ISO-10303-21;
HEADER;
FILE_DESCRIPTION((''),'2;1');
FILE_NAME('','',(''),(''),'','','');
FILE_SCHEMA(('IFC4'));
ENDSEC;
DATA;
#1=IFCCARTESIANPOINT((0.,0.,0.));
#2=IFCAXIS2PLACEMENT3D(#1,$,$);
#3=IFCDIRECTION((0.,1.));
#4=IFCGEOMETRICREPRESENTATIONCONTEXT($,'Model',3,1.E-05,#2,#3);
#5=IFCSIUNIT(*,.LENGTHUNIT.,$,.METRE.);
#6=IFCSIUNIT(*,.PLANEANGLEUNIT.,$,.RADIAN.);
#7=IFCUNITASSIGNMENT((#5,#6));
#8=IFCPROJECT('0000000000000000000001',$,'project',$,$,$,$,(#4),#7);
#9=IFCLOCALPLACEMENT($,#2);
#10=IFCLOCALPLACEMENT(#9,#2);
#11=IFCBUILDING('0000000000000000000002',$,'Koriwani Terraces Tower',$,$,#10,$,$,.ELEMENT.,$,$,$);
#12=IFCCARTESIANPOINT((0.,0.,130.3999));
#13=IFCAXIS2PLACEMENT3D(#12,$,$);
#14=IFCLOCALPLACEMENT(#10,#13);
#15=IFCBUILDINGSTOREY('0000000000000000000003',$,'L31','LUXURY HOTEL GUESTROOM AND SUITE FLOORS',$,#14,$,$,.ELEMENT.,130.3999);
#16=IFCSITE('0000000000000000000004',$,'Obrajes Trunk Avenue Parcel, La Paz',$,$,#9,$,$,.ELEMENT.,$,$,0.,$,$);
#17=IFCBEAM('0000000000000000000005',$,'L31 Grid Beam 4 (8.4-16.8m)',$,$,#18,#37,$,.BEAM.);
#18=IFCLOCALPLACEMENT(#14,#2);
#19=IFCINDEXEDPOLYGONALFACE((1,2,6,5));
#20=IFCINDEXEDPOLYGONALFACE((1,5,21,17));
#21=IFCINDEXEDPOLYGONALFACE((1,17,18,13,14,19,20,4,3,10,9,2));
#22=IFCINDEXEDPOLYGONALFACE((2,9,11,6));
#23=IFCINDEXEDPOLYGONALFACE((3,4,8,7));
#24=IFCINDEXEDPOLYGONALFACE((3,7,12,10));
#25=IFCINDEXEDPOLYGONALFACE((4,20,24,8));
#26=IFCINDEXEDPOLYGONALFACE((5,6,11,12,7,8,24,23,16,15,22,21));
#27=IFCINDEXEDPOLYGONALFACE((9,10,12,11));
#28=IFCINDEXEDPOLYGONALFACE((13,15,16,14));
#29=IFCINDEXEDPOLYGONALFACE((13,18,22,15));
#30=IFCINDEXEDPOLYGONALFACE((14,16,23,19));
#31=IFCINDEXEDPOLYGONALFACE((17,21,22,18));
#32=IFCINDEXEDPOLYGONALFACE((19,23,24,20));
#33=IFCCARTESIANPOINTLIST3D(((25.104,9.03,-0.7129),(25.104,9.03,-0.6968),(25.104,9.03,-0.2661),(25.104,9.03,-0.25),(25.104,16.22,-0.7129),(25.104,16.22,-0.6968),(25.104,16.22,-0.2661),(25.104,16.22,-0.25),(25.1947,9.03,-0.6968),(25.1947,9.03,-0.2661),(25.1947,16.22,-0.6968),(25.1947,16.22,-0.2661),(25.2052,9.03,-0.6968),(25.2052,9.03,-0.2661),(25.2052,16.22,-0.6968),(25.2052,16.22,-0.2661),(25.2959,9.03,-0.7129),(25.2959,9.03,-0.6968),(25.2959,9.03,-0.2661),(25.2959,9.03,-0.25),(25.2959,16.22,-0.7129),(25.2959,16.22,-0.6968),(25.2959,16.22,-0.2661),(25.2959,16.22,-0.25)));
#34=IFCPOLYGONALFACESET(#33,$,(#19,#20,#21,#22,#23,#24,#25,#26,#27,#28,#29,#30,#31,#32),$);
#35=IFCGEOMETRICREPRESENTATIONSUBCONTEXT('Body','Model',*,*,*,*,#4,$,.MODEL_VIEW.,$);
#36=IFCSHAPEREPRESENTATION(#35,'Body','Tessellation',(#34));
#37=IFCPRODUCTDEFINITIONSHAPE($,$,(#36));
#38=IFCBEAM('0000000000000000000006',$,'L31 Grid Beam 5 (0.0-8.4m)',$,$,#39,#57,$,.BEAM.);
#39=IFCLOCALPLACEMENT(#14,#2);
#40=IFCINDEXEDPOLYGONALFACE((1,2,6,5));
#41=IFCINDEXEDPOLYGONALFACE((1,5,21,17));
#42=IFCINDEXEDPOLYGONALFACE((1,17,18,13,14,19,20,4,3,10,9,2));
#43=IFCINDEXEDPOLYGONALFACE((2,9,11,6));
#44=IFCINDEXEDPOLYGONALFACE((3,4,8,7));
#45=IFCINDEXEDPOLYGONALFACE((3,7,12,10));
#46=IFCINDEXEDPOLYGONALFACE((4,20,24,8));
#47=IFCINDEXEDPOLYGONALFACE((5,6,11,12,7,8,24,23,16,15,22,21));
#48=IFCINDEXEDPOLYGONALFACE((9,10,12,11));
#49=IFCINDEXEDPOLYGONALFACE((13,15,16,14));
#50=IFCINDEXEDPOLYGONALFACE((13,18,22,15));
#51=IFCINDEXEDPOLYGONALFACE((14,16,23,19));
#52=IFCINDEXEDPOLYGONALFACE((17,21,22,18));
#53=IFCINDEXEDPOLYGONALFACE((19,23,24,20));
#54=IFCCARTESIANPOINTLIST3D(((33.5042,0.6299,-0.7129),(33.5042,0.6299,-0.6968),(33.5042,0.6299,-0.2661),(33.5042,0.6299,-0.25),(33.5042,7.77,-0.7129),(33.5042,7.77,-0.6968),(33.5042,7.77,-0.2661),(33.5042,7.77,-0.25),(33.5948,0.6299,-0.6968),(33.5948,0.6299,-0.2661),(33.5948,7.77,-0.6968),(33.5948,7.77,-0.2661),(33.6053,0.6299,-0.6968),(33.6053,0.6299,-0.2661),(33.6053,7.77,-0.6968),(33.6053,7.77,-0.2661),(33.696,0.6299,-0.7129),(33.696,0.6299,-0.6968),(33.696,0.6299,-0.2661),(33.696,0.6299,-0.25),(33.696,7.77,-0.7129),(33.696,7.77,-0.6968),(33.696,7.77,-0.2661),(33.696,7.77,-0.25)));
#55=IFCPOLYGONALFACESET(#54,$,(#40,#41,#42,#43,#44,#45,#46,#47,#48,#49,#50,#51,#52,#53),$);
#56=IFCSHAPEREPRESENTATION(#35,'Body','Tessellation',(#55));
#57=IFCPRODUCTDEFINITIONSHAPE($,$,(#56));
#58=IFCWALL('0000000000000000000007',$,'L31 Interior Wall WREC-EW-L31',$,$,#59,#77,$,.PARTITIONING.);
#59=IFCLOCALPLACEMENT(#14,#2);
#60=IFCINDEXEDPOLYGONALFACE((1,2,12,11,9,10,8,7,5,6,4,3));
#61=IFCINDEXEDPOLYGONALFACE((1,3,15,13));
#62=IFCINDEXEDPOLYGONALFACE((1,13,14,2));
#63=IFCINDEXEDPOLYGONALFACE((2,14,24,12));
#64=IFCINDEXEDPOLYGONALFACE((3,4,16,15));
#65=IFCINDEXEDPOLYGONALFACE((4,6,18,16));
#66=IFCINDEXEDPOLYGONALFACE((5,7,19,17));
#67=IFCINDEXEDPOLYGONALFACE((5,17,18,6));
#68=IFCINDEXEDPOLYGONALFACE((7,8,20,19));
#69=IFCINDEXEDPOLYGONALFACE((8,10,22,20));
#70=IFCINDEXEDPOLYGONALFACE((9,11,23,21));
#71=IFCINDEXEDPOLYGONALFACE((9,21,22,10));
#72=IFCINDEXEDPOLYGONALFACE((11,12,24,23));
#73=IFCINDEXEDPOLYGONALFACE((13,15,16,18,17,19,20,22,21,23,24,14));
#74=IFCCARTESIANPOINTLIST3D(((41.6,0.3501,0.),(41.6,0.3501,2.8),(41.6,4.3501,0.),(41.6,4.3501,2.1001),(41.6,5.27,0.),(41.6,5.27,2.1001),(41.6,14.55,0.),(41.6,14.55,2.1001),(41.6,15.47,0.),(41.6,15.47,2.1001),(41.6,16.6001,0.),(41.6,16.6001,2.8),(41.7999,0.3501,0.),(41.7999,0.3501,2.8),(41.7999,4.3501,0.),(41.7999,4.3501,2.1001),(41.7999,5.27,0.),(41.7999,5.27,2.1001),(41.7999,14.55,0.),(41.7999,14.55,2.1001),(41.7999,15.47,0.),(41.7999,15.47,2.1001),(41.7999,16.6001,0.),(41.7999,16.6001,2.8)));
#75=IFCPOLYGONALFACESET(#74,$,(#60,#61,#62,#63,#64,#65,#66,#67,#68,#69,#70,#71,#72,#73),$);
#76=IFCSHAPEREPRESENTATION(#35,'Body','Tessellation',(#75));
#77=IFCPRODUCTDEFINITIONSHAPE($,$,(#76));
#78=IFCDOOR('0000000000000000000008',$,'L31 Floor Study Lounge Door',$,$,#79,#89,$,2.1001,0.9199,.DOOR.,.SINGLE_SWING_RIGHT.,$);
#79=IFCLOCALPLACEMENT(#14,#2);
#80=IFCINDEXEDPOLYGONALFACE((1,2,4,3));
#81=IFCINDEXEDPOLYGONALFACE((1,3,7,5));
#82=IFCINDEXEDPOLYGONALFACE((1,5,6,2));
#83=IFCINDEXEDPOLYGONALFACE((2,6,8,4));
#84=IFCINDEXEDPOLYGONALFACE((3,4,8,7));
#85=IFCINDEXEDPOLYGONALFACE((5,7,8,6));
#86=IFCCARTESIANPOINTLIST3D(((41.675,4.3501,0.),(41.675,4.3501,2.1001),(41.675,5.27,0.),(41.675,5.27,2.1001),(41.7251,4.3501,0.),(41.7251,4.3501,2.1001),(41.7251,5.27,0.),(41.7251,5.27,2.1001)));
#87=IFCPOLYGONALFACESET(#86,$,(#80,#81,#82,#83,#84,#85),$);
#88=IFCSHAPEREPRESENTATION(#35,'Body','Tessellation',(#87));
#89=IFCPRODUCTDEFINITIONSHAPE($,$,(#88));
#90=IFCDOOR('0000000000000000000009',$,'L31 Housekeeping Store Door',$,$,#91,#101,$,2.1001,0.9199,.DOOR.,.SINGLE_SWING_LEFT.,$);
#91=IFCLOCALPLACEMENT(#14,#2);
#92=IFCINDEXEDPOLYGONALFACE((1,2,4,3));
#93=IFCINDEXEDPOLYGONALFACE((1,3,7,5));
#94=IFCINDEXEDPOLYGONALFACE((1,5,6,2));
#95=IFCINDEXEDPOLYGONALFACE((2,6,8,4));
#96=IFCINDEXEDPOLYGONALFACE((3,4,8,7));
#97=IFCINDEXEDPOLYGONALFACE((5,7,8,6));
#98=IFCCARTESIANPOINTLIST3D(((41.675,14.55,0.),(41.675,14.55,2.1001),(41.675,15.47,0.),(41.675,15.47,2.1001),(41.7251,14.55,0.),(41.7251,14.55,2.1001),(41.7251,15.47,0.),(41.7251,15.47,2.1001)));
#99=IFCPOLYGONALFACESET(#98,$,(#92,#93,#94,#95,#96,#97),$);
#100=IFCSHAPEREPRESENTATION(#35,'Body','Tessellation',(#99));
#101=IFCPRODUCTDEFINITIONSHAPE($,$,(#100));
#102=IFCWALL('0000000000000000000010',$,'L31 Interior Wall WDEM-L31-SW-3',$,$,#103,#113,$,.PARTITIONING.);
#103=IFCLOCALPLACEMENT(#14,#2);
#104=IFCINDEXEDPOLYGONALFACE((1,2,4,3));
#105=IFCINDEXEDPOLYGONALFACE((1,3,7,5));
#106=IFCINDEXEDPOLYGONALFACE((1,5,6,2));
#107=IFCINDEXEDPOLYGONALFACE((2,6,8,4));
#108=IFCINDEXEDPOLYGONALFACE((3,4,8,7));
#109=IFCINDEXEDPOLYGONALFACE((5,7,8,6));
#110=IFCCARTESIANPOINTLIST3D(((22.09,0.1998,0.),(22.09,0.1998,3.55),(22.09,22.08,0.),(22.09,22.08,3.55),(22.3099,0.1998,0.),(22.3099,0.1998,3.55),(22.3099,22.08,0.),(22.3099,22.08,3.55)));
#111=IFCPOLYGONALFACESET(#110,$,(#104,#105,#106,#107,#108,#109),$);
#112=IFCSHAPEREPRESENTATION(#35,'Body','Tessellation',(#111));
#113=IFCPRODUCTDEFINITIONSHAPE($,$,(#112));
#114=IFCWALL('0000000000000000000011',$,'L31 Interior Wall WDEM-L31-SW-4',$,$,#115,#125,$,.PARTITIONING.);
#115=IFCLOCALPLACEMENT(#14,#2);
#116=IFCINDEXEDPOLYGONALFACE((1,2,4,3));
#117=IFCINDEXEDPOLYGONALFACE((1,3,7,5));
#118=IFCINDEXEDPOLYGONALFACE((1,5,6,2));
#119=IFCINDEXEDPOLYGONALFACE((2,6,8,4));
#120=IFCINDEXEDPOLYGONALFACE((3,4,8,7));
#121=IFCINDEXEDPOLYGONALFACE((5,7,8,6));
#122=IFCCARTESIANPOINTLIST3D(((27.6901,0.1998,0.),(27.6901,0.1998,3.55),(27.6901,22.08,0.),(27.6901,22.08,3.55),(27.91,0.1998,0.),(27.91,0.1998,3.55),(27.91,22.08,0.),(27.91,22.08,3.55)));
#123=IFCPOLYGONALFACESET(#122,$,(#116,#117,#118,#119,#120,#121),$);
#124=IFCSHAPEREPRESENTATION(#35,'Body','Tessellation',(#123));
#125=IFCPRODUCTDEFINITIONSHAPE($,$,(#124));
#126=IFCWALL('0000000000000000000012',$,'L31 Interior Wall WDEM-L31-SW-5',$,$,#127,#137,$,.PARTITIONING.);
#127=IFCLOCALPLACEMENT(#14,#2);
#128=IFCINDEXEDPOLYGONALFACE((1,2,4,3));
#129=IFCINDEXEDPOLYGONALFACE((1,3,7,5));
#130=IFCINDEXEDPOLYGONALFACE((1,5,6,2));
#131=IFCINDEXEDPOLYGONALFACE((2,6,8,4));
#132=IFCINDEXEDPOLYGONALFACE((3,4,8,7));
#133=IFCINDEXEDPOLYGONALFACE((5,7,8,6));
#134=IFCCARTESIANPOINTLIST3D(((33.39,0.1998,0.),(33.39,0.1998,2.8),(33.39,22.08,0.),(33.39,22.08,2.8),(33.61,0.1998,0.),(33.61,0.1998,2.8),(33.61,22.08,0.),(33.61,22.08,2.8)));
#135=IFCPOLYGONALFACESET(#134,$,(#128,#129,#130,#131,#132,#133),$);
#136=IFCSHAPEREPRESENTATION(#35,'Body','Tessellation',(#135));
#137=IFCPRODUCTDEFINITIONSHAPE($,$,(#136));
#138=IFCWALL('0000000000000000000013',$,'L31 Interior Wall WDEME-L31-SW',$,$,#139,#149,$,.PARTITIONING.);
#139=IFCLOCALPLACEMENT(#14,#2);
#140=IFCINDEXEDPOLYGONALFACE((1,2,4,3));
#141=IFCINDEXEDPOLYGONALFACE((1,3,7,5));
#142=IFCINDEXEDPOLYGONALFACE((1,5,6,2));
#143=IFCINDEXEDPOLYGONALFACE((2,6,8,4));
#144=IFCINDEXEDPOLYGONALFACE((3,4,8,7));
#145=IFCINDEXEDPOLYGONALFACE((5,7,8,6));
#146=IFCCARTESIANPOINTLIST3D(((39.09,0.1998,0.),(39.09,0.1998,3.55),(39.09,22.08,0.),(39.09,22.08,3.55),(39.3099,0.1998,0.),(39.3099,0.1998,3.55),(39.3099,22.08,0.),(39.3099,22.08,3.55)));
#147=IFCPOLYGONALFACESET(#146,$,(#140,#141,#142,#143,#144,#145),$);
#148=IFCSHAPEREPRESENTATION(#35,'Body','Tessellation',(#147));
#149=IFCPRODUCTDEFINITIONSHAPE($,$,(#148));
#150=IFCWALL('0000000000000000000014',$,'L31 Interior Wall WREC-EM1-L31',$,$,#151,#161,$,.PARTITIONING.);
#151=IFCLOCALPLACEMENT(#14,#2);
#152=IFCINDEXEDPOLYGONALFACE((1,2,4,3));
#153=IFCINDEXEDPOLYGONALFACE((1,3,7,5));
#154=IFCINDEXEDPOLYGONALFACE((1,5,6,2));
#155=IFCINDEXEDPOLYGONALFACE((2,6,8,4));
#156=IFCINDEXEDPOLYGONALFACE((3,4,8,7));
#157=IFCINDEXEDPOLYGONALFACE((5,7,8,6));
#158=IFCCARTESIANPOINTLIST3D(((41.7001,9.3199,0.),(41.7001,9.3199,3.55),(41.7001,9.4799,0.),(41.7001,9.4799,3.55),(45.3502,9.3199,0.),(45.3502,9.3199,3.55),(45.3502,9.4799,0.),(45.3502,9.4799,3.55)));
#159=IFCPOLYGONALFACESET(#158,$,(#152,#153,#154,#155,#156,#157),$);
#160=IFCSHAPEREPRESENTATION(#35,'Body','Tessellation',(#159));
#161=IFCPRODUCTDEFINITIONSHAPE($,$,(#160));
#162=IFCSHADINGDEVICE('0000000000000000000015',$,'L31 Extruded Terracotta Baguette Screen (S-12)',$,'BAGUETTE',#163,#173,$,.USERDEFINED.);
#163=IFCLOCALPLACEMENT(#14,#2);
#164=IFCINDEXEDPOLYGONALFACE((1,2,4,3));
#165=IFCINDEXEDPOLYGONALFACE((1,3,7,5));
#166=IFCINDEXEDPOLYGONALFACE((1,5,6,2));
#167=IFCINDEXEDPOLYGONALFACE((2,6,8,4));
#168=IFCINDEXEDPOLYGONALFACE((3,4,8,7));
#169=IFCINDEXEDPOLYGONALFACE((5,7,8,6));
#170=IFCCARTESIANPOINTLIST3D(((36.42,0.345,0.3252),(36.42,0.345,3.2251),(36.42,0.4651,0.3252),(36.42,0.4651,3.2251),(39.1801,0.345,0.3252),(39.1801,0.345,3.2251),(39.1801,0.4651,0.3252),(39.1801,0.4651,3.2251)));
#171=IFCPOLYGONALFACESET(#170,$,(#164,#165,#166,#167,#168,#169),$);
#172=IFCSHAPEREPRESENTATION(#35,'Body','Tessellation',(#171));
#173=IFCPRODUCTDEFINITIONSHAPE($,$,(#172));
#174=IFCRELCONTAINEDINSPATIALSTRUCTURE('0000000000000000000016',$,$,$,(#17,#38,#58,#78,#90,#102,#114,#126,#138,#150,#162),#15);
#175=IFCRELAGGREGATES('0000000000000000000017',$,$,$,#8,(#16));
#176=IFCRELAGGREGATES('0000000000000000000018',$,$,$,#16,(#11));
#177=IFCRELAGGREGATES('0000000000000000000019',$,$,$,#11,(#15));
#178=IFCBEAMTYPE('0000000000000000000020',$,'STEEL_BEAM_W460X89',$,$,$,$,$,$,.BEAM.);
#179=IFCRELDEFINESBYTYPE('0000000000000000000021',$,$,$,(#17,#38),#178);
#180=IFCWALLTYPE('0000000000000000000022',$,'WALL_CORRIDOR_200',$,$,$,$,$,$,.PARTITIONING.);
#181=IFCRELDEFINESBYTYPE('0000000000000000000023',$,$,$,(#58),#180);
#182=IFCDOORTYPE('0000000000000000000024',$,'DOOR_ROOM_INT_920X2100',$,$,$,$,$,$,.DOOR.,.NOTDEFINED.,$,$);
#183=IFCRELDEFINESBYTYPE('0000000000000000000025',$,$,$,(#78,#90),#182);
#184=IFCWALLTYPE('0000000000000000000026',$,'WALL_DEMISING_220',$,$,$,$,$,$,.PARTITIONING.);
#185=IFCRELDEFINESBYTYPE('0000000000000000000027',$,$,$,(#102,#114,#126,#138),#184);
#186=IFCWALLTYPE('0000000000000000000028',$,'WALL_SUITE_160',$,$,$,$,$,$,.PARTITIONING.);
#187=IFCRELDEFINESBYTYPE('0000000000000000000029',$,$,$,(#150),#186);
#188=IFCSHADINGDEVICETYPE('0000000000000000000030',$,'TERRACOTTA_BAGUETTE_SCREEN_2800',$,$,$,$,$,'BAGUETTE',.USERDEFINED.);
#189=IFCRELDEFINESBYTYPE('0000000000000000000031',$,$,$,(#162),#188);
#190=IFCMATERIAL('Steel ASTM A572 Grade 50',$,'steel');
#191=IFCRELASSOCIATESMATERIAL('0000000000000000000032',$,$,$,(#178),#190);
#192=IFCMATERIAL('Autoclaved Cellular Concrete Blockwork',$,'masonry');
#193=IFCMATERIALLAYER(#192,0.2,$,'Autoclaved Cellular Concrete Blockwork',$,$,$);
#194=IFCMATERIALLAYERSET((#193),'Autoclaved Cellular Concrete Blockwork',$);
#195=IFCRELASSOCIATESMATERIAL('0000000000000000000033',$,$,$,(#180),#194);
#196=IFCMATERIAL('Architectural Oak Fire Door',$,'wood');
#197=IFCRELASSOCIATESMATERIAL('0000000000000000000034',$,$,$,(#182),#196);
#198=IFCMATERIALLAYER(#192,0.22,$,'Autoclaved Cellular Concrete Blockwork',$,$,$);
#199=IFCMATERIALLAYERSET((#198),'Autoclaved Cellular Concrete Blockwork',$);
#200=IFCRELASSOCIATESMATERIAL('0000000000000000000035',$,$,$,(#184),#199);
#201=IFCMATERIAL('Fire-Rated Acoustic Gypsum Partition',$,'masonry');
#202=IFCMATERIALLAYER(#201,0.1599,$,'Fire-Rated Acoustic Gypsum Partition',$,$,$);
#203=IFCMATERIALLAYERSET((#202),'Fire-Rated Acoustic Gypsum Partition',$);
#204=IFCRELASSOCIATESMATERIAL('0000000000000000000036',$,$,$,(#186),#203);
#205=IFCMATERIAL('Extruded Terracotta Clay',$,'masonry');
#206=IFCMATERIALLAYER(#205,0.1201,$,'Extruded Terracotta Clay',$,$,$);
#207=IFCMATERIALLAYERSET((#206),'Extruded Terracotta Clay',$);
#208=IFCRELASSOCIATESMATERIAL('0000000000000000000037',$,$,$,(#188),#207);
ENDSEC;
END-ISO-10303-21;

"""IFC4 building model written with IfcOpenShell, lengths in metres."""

from ifc_helpers import new_model, si_unit, direction, frame, frame_2d, origin, origin_2d, place, context, subcontext, project, spatial, rectangle, i_section, extrude, material, layer, layer_set, material_profile, profile_set, type_object, element, fill, save


model = new_model("IFC4")

# Units and contexts
model_context = context("Model", 3, precision=1e-05, world=origin(), true_north=direction((0.0, 1.0)))
body_context = subcontext(model_context, "Body", "Model", "MODEL_VIEW")
ifc_project = project(units=[si_unit("LENGTHUNIT", "METRE"), si_unit("PLANEANGLEUNIT", "RADIAN")], contexts=[model_context])

# Site, building, storey
site_placement = place(None, origin())
site = spatial("IfcSite", under=ifc_project, at=site_placement, Name="Obrajes Trunk Avenue Parcel, La Paz", CompositionType="ELEMENT", RefElevation=0.0)
building_placement = place(site_placement, origin())
building = spatial("IfcBuilding", under=site, at=building_placement, Name="Koriwani Terraces Tower", CompositionType="ELEMENT")
storey_placement = place(building_placement, frame((0.0, 0.0, 130.3999)))
storey = spatial("IfcBuildingStorey", under=building, at=storey_placement, Name="L31", Description="LUXURY HOTEL GUESTROOM AND SUITE FLOORS", CompositionType="ELEMENT", Elevation=130.3999)

# Beams
ifc_material_1 = material(Name="Steel ASTM A572 Grade 50", Category="steel")
ifc_material_profile_1 = material_profile(ifc_material_1, i_section(OverallWidth=0.1919, OverallDepth=0.4629, WebThickness=0.0105, FlangeThickness=0.0161, at=origin_2d()), Name="Steel ASTM A572 Grade 50", Category="LoadBearing")
ifc_profile_set_1 = profile_set([ifc_material_profile_1], Name="Steel ASTM A572 Grade 50")
beam_type_1 = type_object("IfcBeamType", Name="STEEL_BEAM_W460X89", PredefinedType="BEAM", material=ifc_profile_set_1)
beam_1_placement = place(storey_placement, frame((25.2, 9.03, -0.4814), z_axis=(0.0, 1.0, 0.0), x_axis=(-1.0, 0.0, 0.0)))
element("IfcBeam", 1, at=beam_1_placement, inside=storey, type_object=beam_type_1, Name="L31 Grid Beam 4 (8.4-16.8m)", PredefinedType="BEAM", context=body_context, shape_type="SweptSolid", body=[
    extrude(i_section(OverallWidth=0.1919, OverallDepth=0.4629, WebThickness=0.0105, FlangeThickness=0.0161, at=origin_2d()), origin(), (0.0, 0.0, 1.0), 7.1899),
])
beam_2_placement = place(storey_placement, frame((33.6001, 0.6299, -0.4814), z_axis=(0.0, 1.0, 0.0), x_axis=(-1.0, 0.0, 0.0)))
element("IfcBeam", 2, at=beam_2_placement, inside=storey, type_object=beam_type_1, Name="L31 Grid Beam 5 (0.0-8.4m)", PredefinedType="BEAM", context=body_context, shape_type="SweptSolid", body=[
    extrude(i_section(OverallWidth=0.1919, OverallDepth=0.4629, WebThickness=0.0105, FlangeThickness=0.0161, at=origin_2d()), origin(), (0.0, 0.0, 1.0), 7.1401),
])

# Wall, openings, doors
ifc_material_2 = material(Name="Autoclaved Cellular Concrete Blockwork", Category="masonry")
ifc_layer_1 = layer(ifc_material_2, 0.2, Name="Autoclaved Cellular Concrete Blockwork")
ifc_layer_set_1 = layer_set([ifc_layer_1], Name="Autoclaved Cellular Concrete Blockwork")
wall_type_1 = type_object("IfcWallType", Name="WALL_CORRIDOR_200", PredefinedType="PARTITIONING", material=ifc_layer_set_1)
wall_1_placement = place(storey_placement, frame((41.7, 0.3501, 0.0), z_axis=(0.0, 0.0, 1.0), x_axis=(0.0, 1.0, 0.0)))
wall_1 = element("IfcWall", 3, at=wall_1_placement, inside=storey, type_object=wall_type_1, Name="L31 Interior Wall WREC-EW-L31", PredefinedType="PARTITIONING", context=body_context, shape_type="SweptSolid", body=[
    extrude(rectangle(XDim=16.25, YDim=0.2, at=frame_2d((8.125, 0.0))), origin(), (0.0, 0.0, 1.0), 2.8),
])
opening_1_placement = place(wall_1_placement, frame((4.0, 0.0, 0.0)))
opening_1 = element("IfcOpeningElement", 4, at=opening_1_placement, cuts=wall_1, PredefinedType="OPENING", context=body_context, shape_type="SweptSolid", body=[
    extrude(rectangle(XDim=0.9199, YDim=2.1001, at=frame_2d((0.46, 1.05))), frame((0.0, 0.1099, 0.0), z_axis=(0.0, -1.0, 0.0), x_axis=(1.0, 0.0, 0.0)), (0.0, 0.0, 1.0), 0.22),
])
opening_2_placement = place(wall_1_placement, frame((14.2, 0.0, 0.0)))
opening_2 = element("IfcOpeningElement", 5, at=opening_2_placement, cuts=wall_1, PredefinedType="OPENING", context=body_context, shape_type="SweptSolid", body=[
    extrude(rectangle(XDim=0.9199, YDim=2.1001, at=frame_2d((0.46, 1.05))), frame((0.0, 0.1099, 0.0), z_axis=(0.0, -1.0, 0.0), x_axis=(1.0, 0.0, 0.0)), (0.0, 0.0, 1.0), 0.22),
])
ifc_material_3 = material(Name="Architectural Oak Fire Door", Category="wood")
door_type = type_object("IfcDoorType", Name="DOOR_ROOM_INT_920X2100", OperationType="NOTDEFINED", PredefinedType="DOOR", material=ifc_material_3)
door_1_placement = place(opening_1_placement, origin())
door_1 = element("IfcDoor", 6, at=door_1_placement, inside=storey, type_object=door_type, Name="L31 Floor Study Lounge Door", OperationType="SINGLE_SWING_RIGHT", OverallHeight=2.1001, OverallWidth=0.9199, PredefinedType="DOOR", context=body_context, shape_type="SweptSolid", body=[
    extrude(rectangle(XDim=0.9199, YDim=2.1001, at=frame_2d((0.46, 1.05))), frame((0.0, 0.0249, 0.0), z_axis=(0.0, -1.0, 0.0), x_axis=(1.0, 0.0, 0.0)), (0.0, 0.0, 1.0), 0.05),
])
fill(opening_1, door_1)
door_2_placement = place(opening_2_placement, origin())
door_2 = element("IfcDoor", 7, at=door_2_placement, inside=storey, type_object=door_type, Name="L31 Housekeeping Store Door", OperationType="SINGLE_SWING_LEFT", OverallHeight=2.1001, OverallWidth=0.9199, PredefinedType="DOOR", context=body_context, shape_type="SweptSolid", body=[
    extrude(rectangle(XDim=0.9199, YDim=2.1001, at=frame_2d((0.46, 1.05))), frame((0.0, 0.0249, 0.0), z_axis=(0.0, -1.0, 0.0), x_axis=(1.0, 0.0, 0.0)), (0.0, 0.0, 1.0), 0.05),
])
fill(opening_2, door_2)

# Walls
ifc_layer_2 = layer(ifc_material_2, 0.22, Name="Autoclaved Cellular Concrete Blockwork")
ifc_layer_set_2 = layer_set([ifc_layer_2], Name="Autoclaved Cellular Concrete Blockwork")
wall_type_2 = type_object("IfcWallType", Name="WALL_DEMISING_220", PredefinedType="PARTITIONING", material=ifc_layer_set_2)
for number, where, z_axis, x_axis, name in (
    (8, (22.2, 0.2, 0.0), (0.0, 0.0, 1.0), (0.0, 1.0, 0.0), "L31 Interior Wall WDEM-L31-SW-3"),
    (9, (27.8, 0.2, 0.0), (0.0, 0.0, 1.0), (0.0, 1.0, 0.0), "L31 Interior Wall WDEM-L31-SW-4"),
):
    element("IfcWall", number, at=place(storey_placement, frame(where, z_axis=z_axis, x_axis=x_axis)), inside=storey, type_object=wall_type_2, Name=name, PredefinedType="PARTITIONING", context=body_context, shape_type="SweptSolid", body=[
        extrude(rectangle(XDim=21.8801, YDim=0.22, at=frame_2d((10.9399, 0.0))), origin(), (0.0, 0.0, 1.0), 3.55),
    ])
wall_2_placement = place(storey_placement, frame((33.5, 0.2, 0.0), z_axis=(0.0, 0.0, 1.0), x_axis=(0.0, 1.0, 0.0)))
element("IfcWall", 10, at=wall_2_placement, inside=storey, type_object=wall_type_2, Name="L31 Interior Wall WDEM-L31-SW-5", PredefinedType="PARTITIONING", context=body_context, shape_type="SweptSolid", body=[
    extrude(rectangle(XDim=21.8801, YDim=0.22, at=frame_2d((10.9399, 0.0))), origin(), (0.0, 0.0, 1.0), 2.8),
])
wall_3_placement = place(storey_placement, frame((39.2, 0.2, 0.0), z_axis=(0.0, 0.0, 1.0), x_axis=(0.0, 1.0, 0.0)))
element("IfcWall", 11, at=wall_3_placement, inside=storey, type_object=wall_type_2, Name="L31 Interior Wall WDEME-L31-SW", PredefinedType="PARTITIONING", context=body_context, shape_type="SweptSolid", body=[
    extrude(rectangle(XDim=21.8801, YDim=0.22, at=frame_2d((10.9399, 0.0))), origin(), (0.0, 0.0, 1.0), 3.55),
])
ifc_material_4 = material(Name="Fire-Rated Acoustic Gypsum Partition", Category="masonry")
ifc_layer_3 = layer(ifc_material_4, 0.1599, Name="Fire-Rated Acoustic Gypsum Partition")
ifc_layer_set_3 = layer_set([ifc_layer_3], Name="Fire-Rated Acoustic Gypsum Partition")
wall_type_3 = type_object("IfcWallType", Name="WALL_SUITE_160", PredefinedType="PARTITIONING", material=ifc_layer_set_3)
wall_4_placement = place(storey_placement, frame((41.7, 9.3999, 0.0), z_axis=(0.0, 0.0, 1.0), x_axis=(1.0, 0.0, 0.0)))
element("IfcWall", 12, at=wall_4_placement, inside=storey, type_object=wall_type_3, Name="L31 Interior Wall WREC-EM1-L31", PredefinedType="PARTITIONING", context=body_context, shape_type="SweptSolid", body=[
    extrude(rectangle(XDim=3.6501, YDim=0.1599, at=frame_2d((1.8252, 0.0))), origin(), (0.0, 0.0, 1.0), 3.55),
])

# Shading device
ifc_material_5 = material(Name="Extruded Terracotta Clay", Category="masonry")
ifc_layer_4 = layer(ifc_material_5, 0.1201, Name="Extruded Terracotta Clay")
ifc_layer_set_4 = layer_set([ifc_layer_4], Name="Extruded Terracotta Clay")
shading_device_type = type_object("IfcShadingDeviceType", Name="TERRACOTTA_BAGUETTE_SCREEN_2800", ElementType="BAGUETTE", PredefinedType="USERDEFINED", material=ifc_layer_set_4)
shading_device_placement = place(storey_placement, frame((37.8, 0.405, 0.3252), z_axis=(0.0, 0.0, 1.0), x_axis=(-1.0, 0.0, 0.0)))
element("IfcShadingDevice", 13, at=shading_device_placement, inside=storey, type_object=shading_device_type, Name="L31 Extruded Terracotta Baguette Screen (S-12)", ObjectType="BAGUETTE", PredefinedType="USERDEFINED", context=body_context, shape_type="SweptSolid", body=[
    extrude(rectangle(XDim=2.76, YDim=0.1201, at=origin_2d()), origin(), (0.0, 0.0, 1.0), 2.8999),
])

save(model, "model.ifc")
